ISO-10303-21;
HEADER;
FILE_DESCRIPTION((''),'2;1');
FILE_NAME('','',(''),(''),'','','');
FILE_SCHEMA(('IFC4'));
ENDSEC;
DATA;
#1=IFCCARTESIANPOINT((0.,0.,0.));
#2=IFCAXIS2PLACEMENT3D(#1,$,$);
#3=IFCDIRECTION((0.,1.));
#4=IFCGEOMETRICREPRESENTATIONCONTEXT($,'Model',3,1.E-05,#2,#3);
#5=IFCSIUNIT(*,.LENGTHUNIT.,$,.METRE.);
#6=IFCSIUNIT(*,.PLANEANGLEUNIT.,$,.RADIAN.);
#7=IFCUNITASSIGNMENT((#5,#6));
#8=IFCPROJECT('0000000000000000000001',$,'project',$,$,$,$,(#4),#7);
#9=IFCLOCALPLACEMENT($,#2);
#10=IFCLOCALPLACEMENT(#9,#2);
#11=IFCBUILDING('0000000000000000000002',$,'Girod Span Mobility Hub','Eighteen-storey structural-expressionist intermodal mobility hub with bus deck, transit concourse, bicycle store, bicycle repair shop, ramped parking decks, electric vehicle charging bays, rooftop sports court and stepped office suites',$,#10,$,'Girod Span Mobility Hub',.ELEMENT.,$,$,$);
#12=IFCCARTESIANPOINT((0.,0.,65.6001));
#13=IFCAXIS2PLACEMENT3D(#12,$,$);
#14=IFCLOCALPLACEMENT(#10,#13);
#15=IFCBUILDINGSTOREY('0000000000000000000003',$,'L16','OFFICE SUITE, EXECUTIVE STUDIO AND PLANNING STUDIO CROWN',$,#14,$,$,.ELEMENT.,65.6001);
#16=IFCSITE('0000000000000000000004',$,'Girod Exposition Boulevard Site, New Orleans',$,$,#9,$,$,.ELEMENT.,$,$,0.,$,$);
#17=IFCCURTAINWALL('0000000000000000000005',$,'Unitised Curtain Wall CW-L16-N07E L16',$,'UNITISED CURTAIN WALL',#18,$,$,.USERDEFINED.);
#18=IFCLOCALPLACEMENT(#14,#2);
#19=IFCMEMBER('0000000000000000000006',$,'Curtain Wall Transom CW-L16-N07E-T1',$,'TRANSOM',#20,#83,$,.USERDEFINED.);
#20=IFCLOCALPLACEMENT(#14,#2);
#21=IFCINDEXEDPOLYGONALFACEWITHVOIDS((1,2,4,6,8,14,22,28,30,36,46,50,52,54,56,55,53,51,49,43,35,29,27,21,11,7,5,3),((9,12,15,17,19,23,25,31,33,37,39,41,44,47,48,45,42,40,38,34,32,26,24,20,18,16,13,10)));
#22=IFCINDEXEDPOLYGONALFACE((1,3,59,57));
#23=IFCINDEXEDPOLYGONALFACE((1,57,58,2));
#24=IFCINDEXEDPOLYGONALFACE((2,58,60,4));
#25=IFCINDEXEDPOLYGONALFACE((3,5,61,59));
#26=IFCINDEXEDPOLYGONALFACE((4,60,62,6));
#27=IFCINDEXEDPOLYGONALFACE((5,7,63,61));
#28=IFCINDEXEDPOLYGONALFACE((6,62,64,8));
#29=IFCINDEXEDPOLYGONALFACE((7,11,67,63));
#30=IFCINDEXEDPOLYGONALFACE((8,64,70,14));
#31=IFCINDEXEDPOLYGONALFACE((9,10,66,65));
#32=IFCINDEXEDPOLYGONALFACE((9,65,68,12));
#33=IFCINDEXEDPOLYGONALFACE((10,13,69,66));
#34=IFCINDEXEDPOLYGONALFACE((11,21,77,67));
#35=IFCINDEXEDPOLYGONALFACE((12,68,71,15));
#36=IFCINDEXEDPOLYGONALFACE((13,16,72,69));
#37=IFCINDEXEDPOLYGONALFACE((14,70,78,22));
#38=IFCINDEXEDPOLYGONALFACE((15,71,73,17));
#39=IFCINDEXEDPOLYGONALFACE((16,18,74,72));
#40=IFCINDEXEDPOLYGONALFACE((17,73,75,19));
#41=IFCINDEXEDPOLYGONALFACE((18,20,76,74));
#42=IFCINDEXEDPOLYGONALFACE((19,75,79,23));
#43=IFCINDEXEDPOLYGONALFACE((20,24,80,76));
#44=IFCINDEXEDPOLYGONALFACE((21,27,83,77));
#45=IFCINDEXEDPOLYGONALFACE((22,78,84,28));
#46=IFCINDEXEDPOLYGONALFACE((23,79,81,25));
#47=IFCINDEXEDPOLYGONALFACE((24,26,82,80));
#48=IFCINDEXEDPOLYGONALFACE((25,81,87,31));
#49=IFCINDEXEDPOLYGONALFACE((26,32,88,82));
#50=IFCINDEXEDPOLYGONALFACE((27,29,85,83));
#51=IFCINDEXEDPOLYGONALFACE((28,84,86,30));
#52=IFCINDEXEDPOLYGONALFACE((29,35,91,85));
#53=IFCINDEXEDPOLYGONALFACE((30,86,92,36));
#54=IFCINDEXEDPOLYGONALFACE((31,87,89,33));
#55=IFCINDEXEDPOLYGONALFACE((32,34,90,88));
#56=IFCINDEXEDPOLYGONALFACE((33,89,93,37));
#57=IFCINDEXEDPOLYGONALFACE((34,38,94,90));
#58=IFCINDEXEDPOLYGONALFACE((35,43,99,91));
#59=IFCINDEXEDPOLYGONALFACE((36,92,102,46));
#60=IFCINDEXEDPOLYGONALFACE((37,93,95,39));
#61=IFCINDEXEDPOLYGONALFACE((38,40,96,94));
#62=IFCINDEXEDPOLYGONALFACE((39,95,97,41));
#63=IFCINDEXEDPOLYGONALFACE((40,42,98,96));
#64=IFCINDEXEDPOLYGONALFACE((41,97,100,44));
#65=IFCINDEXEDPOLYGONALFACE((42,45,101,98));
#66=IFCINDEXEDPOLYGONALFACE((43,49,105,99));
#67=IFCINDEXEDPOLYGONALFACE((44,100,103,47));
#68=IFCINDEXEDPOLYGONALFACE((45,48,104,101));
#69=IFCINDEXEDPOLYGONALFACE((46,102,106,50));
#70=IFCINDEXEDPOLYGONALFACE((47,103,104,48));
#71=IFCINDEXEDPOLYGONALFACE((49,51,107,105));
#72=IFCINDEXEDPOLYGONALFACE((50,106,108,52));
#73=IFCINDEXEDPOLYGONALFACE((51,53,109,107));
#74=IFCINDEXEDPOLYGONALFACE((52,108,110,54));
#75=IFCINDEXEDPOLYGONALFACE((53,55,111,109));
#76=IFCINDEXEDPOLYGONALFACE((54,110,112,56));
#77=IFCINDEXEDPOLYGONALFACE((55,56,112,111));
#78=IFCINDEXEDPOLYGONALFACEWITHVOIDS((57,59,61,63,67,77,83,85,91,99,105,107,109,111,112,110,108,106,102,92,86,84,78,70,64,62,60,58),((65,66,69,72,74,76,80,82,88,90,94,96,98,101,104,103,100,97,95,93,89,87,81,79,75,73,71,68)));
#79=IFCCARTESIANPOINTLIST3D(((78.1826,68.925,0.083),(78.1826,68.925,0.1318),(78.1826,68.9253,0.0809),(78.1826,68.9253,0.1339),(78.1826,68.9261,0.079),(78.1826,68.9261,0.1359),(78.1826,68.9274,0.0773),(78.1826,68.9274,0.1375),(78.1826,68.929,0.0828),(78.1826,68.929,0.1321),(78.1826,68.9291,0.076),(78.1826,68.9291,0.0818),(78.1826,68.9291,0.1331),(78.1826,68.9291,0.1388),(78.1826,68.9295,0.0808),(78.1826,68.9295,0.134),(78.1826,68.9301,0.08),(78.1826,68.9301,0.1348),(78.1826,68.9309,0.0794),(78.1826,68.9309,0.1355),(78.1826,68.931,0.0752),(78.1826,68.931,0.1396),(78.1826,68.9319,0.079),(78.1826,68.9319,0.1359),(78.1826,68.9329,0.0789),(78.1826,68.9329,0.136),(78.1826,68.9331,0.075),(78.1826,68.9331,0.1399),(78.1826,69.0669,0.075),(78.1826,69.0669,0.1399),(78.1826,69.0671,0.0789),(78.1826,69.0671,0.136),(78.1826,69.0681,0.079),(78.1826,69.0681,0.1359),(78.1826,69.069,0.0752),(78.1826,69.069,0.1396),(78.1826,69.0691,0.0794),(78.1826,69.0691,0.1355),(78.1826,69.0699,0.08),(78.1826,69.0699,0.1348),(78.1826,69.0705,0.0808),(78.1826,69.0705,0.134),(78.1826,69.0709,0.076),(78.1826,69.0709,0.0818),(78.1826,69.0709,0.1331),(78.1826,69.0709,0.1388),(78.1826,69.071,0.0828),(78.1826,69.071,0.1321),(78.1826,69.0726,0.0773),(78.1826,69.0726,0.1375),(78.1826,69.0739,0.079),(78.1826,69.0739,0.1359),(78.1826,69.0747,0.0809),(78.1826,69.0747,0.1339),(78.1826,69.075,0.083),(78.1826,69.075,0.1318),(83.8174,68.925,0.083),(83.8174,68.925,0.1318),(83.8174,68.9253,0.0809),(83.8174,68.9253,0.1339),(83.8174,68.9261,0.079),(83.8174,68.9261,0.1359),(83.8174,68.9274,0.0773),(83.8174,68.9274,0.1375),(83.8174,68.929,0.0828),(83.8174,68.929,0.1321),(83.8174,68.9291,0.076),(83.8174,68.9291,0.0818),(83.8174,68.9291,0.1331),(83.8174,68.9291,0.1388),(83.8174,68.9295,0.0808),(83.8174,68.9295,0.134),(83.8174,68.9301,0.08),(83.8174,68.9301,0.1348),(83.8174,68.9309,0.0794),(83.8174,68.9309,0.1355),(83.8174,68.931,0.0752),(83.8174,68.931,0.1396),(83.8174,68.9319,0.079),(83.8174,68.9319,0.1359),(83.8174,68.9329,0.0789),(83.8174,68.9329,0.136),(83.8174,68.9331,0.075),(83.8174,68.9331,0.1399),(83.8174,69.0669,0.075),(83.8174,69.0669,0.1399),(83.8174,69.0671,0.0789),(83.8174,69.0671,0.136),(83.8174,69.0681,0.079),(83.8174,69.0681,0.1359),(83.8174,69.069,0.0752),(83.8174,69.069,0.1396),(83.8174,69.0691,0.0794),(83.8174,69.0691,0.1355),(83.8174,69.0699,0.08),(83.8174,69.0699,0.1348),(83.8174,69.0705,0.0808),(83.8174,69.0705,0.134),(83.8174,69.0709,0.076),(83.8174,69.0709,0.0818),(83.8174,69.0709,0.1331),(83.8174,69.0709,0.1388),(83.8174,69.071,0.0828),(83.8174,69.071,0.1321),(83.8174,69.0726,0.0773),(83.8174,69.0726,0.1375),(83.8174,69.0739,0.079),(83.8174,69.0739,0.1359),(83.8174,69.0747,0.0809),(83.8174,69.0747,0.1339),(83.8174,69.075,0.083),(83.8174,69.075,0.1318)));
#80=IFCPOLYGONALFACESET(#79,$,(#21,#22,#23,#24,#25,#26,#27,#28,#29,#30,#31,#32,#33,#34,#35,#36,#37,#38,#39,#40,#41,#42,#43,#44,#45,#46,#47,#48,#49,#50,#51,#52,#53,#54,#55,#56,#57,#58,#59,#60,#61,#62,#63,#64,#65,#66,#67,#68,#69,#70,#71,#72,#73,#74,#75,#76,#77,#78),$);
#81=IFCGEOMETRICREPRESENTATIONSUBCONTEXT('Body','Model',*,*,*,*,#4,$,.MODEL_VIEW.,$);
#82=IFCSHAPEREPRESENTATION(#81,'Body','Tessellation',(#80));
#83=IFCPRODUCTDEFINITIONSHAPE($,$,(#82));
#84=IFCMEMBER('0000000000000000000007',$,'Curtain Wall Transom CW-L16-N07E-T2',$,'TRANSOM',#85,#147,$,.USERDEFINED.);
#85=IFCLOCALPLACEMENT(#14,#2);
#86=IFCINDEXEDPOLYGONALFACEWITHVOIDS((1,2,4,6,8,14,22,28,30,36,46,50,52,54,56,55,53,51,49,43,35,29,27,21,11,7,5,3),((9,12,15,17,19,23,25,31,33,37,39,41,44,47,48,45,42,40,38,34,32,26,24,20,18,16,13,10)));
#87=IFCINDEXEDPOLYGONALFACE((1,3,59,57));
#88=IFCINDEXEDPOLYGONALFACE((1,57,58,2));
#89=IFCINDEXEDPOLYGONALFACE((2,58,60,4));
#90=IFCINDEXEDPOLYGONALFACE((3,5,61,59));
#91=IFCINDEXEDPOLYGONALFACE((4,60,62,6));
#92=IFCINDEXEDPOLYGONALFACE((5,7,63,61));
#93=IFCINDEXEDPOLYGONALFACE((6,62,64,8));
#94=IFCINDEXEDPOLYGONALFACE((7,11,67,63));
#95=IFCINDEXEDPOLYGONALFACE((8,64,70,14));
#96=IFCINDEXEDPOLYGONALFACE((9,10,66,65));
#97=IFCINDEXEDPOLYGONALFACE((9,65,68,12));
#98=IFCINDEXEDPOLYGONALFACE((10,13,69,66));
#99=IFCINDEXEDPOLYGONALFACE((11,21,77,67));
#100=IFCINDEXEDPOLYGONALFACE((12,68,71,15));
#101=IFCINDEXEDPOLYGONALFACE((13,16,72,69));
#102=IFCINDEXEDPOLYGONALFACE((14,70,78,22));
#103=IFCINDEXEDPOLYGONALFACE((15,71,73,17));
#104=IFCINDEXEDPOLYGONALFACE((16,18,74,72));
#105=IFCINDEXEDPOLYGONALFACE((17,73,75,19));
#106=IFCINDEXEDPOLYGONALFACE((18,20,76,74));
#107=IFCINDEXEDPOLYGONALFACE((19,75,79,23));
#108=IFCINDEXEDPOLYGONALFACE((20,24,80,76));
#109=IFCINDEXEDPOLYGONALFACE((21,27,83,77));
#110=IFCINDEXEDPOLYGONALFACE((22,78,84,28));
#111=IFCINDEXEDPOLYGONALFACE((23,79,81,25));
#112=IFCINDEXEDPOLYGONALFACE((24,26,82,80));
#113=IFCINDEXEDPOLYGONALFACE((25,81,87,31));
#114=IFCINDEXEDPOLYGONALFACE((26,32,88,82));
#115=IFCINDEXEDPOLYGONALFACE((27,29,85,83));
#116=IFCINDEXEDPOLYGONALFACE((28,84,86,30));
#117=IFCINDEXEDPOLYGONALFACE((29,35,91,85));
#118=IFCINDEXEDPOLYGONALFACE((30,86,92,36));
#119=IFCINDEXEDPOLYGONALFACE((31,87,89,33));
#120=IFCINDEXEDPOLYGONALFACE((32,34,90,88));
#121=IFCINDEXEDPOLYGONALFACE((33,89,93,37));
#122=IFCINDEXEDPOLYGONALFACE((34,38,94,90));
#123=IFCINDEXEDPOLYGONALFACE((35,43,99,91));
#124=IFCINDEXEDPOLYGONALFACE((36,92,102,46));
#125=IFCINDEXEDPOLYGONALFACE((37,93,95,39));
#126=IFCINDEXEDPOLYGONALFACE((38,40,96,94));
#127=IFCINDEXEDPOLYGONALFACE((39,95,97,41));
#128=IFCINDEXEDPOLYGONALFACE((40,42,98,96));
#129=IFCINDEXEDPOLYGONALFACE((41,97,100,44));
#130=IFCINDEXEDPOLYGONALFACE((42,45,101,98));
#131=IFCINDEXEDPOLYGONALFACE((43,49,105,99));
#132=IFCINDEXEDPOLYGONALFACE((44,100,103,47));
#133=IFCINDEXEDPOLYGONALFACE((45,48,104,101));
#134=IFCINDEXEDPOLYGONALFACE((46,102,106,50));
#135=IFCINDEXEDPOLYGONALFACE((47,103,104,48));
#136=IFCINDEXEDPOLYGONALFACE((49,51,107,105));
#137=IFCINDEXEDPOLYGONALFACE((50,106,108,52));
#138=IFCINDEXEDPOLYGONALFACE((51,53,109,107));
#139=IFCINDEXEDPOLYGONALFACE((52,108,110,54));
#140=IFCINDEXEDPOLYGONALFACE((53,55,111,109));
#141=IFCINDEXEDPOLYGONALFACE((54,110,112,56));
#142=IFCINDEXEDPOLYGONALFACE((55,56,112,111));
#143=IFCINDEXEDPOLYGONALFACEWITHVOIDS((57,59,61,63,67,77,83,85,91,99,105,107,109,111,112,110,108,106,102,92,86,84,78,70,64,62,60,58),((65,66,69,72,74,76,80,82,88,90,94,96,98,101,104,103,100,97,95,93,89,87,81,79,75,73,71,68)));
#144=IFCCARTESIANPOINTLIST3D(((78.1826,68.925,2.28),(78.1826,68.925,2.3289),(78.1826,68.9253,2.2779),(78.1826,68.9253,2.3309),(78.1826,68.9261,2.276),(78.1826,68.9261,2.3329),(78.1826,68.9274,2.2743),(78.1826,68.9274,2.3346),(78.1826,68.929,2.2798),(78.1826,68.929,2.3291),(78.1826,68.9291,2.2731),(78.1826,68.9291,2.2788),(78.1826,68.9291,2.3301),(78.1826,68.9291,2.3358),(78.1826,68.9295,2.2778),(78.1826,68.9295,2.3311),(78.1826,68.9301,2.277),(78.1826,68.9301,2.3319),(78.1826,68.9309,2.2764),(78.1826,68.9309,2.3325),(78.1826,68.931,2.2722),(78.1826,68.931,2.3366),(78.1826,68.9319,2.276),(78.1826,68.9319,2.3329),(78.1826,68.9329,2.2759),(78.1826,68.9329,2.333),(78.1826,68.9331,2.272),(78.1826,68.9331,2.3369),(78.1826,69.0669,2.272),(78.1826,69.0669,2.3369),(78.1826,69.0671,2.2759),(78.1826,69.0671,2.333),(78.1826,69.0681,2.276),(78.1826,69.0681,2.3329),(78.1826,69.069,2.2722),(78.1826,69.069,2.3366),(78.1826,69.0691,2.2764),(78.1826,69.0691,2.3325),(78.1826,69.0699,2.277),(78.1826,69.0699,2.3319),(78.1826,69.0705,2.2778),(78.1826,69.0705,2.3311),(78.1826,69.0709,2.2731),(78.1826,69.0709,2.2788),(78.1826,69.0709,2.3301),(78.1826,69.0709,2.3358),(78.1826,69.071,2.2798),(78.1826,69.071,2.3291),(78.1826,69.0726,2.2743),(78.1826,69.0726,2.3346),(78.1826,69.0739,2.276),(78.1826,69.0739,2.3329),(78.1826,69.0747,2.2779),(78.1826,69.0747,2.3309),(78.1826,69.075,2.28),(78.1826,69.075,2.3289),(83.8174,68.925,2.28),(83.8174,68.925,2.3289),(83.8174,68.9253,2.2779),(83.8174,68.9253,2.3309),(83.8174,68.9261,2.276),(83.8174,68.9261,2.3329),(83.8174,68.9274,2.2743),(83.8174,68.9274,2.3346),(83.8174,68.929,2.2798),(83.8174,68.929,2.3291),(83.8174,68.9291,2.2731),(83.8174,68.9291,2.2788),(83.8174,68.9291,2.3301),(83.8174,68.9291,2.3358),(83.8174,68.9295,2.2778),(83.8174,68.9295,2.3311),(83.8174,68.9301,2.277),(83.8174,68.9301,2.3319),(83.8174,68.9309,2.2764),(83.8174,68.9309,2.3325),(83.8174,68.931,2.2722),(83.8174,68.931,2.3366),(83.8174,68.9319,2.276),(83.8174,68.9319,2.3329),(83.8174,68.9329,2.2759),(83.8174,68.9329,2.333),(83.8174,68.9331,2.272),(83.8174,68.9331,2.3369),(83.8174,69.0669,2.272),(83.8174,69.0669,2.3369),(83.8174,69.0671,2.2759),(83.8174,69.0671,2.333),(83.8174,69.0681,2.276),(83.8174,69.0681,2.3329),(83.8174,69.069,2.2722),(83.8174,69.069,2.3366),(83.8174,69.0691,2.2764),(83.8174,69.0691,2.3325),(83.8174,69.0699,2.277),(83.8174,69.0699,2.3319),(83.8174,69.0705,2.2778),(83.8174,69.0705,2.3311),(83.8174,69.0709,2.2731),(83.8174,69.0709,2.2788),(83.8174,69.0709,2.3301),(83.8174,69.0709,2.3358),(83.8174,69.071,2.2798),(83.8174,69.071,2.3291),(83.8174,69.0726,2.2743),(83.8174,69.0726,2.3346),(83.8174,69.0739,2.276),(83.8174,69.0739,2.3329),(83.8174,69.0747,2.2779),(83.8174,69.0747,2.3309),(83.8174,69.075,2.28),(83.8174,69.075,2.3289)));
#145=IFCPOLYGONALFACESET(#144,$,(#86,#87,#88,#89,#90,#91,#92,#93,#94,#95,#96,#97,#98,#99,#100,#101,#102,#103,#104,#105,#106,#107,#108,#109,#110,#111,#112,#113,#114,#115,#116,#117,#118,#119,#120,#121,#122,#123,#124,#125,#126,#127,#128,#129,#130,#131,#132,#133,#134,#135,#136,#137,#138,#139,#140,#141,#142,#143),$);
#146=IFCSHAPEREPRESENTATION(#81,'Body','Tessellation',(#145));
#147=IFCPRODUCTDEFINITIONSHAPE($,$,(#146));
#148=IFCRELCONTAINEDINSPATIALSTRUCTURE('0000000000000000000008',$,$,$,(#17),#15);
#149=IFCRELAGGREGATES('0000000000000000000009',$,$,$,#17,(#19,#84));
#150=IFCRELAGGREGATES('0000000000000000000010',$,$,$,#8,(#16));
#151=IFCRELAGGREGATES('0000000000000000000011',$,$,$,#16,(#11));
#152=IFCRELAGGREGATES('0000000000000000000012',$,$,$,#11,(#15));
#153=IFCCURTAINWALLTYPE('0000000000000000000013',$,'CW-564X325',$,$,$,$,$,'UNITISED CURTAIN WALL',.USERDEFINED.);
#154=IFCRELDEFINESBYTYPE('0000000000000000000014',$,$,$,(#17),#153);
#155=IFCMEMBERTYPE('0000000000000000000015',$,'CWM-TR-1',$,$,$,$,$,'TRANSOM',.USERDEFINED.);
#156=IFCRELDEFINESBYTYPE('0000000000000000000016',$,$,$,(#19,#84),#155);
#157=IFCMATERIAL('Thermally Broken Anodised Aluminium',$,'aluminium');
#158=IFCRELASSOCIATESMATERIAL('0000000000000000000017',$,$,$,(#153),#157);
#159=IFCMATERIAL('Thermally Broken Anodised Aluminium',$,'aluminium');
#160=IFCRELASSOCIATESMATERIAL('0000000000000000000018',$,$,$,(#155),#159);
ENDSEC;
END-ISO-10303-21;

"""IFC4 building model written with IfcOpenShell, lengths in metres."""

from ifc_helpers import new_model, si_unit, direction, frame, origin, origin_2d, place, context, subcontext, project, spatial, hollow_rectangle, extrude, material, material_profile, profile_set, type_object, element, aggregate, save


model = new_model("IFC4")

# Units and contexts
model_context = context("Model", 3, precision=1e-05, world=origin(), true_north=direction((0.0, 1.0)))
body_context = subcontext(model_context, "Body", "Model", "MODEL_VIEW")
ifc_project = project(units=[si_unit("LENGTHUNIT", "METRE"), si_unit("PLANEANGLEUNIT", "RADIAN")], contexts=[model_context])

# Site, building, storey
site_placement = place(None, origin())
site = spatial("IfcSite", under=ifc_project, at=site_placement, Name="Girod Exposition Boulevard Site, New Orleans", CompositionType="ELEMENT", RefElevation=0.0)
building_placement = place(site_placement, origin())
building = spatial("IfcBuilding", under=site, at=building_placement, Name="Girod Span Mobility Hub", Description="Eighteen-storey structural-expressionist intermodal mobility hub with bus deck, transit concourse, bicycle store, bicycle repair shop, ramped parking decks, electric vehicle charging bays, rooftop sports court and stepped office suites", LongName="Girod Span Mobility Hub", CompositionType="ELEMENT")
storey_placement = place(building_placement, frame((0.0, 0.0, 65.6001)))
storey = spatial("IfcBuildingStorey", under=building, at=storey_placement, Name="L16", Description="OFFICE SUITE, EXECUTIVE STUDIO AND PLANNING STUDIO CROWN", CompositionType="ELEMENT", Elevation=65.6001)

# Shared definitions
ifc_material_1 = material(Name="Thermally Broken Anodised Aluminium", Category="aluminium")
curtain_wall_type = type_object("IfcCurtainWallType", Name="CW-564X325", ElementType="UNITISED CURTAIN WALL", PredefinedType="USERDEFINED", material=ifc_material_1)

# Curtain wall
curtain_wall_1_placement = place(storey_placement, origin())
curtain_wall_1 = element("IfcCurtainWall", 1, at=curtain_wall_1_placement, inside=storey, type_object=curtain_wall_type, Name="Unitised Curtain Wall CW-L16-N07E L16", ObjectType="UNITISED CURTAIN WALL", PredefinedType="USERDEFINED")

# Members
ifc_material_2 = material(Name="Thermally Broken Anodised Aluminium", Category="aluminium")
ifc_material_profile_1 = material_profile(ifc_material_2, hollow_rectangle(XDim=0.1499, YDim=0.0649, WallThickness=0.0039, InnerFilletRadius=0.0039, OuterFilletRadius=0.0081, at=origin_2d()), Name="CW-TR-65X150")
ifc_profile_set_1 = profile_set([ifc_material_profile_1], Name="Thermally Broken Anodised Aluminium")
member_type_1 = type_object("IfcMemberType", Name="CWM-TR-1", ElementType="TRANSOM", PredefinedType="USERDEFINED", material=ifc_profile_set_1)
member_1_placement = place(storey_placement, frame((78.1826, 69.0, 0.1074), z_axis=(1.0, 0.0, 0.0), x_axis=(0.0, 1.0, 0.0)))
member_1 = element("IfcMember", 2, at=member_1_placement, type_object=member_type_1, Name="Curtain Wall Transom CW-L16-N07E-T1", ObjectType="TRANSOM", PredefinedType="USERDEFINED", context=body_context, shape_type="SweptSolid", body=[
    extrude(hollow_rectangle(XDim=0.1499, YDim=0.0649, WallThickness=0.0039, InnerFilletRadius=0.0039, OuterFilletRadius=0.0081, at=origin_2d()), origin(), (0.0, 0.0, 1.0), 5.6348),
])
member_2_placement = place(storey_placement, frame((78.1826, 69.0, 2.3044), z_axis=(1.0, 0.0, 0.0), x_axis=(0.0, 1.0, 0.0)))
member_2 = element("IfcMember", 3, at=member_2_placement, type_object=member_type_1, Name="Curtain Wall Transom CW-L16-N07E-T2", ObjectType="TRANSOM", PredefinedType="USERDEFINED", context=body_context, shape_type="SweptSolid", body=[
    extrude(hollow_rectangle(XDim=0.1499, YDim=0.0649, WallThickness=0.0039, InnerFilletRadius=0.0039, OuterFilletRadius=0.0081, at=origin_2d()), origin(), (0.0, 0.0, 1.0), 5.6348),
])

aggregate(curtain_wall_1, [member_1, member_2])

save(model, "model.ifc")
